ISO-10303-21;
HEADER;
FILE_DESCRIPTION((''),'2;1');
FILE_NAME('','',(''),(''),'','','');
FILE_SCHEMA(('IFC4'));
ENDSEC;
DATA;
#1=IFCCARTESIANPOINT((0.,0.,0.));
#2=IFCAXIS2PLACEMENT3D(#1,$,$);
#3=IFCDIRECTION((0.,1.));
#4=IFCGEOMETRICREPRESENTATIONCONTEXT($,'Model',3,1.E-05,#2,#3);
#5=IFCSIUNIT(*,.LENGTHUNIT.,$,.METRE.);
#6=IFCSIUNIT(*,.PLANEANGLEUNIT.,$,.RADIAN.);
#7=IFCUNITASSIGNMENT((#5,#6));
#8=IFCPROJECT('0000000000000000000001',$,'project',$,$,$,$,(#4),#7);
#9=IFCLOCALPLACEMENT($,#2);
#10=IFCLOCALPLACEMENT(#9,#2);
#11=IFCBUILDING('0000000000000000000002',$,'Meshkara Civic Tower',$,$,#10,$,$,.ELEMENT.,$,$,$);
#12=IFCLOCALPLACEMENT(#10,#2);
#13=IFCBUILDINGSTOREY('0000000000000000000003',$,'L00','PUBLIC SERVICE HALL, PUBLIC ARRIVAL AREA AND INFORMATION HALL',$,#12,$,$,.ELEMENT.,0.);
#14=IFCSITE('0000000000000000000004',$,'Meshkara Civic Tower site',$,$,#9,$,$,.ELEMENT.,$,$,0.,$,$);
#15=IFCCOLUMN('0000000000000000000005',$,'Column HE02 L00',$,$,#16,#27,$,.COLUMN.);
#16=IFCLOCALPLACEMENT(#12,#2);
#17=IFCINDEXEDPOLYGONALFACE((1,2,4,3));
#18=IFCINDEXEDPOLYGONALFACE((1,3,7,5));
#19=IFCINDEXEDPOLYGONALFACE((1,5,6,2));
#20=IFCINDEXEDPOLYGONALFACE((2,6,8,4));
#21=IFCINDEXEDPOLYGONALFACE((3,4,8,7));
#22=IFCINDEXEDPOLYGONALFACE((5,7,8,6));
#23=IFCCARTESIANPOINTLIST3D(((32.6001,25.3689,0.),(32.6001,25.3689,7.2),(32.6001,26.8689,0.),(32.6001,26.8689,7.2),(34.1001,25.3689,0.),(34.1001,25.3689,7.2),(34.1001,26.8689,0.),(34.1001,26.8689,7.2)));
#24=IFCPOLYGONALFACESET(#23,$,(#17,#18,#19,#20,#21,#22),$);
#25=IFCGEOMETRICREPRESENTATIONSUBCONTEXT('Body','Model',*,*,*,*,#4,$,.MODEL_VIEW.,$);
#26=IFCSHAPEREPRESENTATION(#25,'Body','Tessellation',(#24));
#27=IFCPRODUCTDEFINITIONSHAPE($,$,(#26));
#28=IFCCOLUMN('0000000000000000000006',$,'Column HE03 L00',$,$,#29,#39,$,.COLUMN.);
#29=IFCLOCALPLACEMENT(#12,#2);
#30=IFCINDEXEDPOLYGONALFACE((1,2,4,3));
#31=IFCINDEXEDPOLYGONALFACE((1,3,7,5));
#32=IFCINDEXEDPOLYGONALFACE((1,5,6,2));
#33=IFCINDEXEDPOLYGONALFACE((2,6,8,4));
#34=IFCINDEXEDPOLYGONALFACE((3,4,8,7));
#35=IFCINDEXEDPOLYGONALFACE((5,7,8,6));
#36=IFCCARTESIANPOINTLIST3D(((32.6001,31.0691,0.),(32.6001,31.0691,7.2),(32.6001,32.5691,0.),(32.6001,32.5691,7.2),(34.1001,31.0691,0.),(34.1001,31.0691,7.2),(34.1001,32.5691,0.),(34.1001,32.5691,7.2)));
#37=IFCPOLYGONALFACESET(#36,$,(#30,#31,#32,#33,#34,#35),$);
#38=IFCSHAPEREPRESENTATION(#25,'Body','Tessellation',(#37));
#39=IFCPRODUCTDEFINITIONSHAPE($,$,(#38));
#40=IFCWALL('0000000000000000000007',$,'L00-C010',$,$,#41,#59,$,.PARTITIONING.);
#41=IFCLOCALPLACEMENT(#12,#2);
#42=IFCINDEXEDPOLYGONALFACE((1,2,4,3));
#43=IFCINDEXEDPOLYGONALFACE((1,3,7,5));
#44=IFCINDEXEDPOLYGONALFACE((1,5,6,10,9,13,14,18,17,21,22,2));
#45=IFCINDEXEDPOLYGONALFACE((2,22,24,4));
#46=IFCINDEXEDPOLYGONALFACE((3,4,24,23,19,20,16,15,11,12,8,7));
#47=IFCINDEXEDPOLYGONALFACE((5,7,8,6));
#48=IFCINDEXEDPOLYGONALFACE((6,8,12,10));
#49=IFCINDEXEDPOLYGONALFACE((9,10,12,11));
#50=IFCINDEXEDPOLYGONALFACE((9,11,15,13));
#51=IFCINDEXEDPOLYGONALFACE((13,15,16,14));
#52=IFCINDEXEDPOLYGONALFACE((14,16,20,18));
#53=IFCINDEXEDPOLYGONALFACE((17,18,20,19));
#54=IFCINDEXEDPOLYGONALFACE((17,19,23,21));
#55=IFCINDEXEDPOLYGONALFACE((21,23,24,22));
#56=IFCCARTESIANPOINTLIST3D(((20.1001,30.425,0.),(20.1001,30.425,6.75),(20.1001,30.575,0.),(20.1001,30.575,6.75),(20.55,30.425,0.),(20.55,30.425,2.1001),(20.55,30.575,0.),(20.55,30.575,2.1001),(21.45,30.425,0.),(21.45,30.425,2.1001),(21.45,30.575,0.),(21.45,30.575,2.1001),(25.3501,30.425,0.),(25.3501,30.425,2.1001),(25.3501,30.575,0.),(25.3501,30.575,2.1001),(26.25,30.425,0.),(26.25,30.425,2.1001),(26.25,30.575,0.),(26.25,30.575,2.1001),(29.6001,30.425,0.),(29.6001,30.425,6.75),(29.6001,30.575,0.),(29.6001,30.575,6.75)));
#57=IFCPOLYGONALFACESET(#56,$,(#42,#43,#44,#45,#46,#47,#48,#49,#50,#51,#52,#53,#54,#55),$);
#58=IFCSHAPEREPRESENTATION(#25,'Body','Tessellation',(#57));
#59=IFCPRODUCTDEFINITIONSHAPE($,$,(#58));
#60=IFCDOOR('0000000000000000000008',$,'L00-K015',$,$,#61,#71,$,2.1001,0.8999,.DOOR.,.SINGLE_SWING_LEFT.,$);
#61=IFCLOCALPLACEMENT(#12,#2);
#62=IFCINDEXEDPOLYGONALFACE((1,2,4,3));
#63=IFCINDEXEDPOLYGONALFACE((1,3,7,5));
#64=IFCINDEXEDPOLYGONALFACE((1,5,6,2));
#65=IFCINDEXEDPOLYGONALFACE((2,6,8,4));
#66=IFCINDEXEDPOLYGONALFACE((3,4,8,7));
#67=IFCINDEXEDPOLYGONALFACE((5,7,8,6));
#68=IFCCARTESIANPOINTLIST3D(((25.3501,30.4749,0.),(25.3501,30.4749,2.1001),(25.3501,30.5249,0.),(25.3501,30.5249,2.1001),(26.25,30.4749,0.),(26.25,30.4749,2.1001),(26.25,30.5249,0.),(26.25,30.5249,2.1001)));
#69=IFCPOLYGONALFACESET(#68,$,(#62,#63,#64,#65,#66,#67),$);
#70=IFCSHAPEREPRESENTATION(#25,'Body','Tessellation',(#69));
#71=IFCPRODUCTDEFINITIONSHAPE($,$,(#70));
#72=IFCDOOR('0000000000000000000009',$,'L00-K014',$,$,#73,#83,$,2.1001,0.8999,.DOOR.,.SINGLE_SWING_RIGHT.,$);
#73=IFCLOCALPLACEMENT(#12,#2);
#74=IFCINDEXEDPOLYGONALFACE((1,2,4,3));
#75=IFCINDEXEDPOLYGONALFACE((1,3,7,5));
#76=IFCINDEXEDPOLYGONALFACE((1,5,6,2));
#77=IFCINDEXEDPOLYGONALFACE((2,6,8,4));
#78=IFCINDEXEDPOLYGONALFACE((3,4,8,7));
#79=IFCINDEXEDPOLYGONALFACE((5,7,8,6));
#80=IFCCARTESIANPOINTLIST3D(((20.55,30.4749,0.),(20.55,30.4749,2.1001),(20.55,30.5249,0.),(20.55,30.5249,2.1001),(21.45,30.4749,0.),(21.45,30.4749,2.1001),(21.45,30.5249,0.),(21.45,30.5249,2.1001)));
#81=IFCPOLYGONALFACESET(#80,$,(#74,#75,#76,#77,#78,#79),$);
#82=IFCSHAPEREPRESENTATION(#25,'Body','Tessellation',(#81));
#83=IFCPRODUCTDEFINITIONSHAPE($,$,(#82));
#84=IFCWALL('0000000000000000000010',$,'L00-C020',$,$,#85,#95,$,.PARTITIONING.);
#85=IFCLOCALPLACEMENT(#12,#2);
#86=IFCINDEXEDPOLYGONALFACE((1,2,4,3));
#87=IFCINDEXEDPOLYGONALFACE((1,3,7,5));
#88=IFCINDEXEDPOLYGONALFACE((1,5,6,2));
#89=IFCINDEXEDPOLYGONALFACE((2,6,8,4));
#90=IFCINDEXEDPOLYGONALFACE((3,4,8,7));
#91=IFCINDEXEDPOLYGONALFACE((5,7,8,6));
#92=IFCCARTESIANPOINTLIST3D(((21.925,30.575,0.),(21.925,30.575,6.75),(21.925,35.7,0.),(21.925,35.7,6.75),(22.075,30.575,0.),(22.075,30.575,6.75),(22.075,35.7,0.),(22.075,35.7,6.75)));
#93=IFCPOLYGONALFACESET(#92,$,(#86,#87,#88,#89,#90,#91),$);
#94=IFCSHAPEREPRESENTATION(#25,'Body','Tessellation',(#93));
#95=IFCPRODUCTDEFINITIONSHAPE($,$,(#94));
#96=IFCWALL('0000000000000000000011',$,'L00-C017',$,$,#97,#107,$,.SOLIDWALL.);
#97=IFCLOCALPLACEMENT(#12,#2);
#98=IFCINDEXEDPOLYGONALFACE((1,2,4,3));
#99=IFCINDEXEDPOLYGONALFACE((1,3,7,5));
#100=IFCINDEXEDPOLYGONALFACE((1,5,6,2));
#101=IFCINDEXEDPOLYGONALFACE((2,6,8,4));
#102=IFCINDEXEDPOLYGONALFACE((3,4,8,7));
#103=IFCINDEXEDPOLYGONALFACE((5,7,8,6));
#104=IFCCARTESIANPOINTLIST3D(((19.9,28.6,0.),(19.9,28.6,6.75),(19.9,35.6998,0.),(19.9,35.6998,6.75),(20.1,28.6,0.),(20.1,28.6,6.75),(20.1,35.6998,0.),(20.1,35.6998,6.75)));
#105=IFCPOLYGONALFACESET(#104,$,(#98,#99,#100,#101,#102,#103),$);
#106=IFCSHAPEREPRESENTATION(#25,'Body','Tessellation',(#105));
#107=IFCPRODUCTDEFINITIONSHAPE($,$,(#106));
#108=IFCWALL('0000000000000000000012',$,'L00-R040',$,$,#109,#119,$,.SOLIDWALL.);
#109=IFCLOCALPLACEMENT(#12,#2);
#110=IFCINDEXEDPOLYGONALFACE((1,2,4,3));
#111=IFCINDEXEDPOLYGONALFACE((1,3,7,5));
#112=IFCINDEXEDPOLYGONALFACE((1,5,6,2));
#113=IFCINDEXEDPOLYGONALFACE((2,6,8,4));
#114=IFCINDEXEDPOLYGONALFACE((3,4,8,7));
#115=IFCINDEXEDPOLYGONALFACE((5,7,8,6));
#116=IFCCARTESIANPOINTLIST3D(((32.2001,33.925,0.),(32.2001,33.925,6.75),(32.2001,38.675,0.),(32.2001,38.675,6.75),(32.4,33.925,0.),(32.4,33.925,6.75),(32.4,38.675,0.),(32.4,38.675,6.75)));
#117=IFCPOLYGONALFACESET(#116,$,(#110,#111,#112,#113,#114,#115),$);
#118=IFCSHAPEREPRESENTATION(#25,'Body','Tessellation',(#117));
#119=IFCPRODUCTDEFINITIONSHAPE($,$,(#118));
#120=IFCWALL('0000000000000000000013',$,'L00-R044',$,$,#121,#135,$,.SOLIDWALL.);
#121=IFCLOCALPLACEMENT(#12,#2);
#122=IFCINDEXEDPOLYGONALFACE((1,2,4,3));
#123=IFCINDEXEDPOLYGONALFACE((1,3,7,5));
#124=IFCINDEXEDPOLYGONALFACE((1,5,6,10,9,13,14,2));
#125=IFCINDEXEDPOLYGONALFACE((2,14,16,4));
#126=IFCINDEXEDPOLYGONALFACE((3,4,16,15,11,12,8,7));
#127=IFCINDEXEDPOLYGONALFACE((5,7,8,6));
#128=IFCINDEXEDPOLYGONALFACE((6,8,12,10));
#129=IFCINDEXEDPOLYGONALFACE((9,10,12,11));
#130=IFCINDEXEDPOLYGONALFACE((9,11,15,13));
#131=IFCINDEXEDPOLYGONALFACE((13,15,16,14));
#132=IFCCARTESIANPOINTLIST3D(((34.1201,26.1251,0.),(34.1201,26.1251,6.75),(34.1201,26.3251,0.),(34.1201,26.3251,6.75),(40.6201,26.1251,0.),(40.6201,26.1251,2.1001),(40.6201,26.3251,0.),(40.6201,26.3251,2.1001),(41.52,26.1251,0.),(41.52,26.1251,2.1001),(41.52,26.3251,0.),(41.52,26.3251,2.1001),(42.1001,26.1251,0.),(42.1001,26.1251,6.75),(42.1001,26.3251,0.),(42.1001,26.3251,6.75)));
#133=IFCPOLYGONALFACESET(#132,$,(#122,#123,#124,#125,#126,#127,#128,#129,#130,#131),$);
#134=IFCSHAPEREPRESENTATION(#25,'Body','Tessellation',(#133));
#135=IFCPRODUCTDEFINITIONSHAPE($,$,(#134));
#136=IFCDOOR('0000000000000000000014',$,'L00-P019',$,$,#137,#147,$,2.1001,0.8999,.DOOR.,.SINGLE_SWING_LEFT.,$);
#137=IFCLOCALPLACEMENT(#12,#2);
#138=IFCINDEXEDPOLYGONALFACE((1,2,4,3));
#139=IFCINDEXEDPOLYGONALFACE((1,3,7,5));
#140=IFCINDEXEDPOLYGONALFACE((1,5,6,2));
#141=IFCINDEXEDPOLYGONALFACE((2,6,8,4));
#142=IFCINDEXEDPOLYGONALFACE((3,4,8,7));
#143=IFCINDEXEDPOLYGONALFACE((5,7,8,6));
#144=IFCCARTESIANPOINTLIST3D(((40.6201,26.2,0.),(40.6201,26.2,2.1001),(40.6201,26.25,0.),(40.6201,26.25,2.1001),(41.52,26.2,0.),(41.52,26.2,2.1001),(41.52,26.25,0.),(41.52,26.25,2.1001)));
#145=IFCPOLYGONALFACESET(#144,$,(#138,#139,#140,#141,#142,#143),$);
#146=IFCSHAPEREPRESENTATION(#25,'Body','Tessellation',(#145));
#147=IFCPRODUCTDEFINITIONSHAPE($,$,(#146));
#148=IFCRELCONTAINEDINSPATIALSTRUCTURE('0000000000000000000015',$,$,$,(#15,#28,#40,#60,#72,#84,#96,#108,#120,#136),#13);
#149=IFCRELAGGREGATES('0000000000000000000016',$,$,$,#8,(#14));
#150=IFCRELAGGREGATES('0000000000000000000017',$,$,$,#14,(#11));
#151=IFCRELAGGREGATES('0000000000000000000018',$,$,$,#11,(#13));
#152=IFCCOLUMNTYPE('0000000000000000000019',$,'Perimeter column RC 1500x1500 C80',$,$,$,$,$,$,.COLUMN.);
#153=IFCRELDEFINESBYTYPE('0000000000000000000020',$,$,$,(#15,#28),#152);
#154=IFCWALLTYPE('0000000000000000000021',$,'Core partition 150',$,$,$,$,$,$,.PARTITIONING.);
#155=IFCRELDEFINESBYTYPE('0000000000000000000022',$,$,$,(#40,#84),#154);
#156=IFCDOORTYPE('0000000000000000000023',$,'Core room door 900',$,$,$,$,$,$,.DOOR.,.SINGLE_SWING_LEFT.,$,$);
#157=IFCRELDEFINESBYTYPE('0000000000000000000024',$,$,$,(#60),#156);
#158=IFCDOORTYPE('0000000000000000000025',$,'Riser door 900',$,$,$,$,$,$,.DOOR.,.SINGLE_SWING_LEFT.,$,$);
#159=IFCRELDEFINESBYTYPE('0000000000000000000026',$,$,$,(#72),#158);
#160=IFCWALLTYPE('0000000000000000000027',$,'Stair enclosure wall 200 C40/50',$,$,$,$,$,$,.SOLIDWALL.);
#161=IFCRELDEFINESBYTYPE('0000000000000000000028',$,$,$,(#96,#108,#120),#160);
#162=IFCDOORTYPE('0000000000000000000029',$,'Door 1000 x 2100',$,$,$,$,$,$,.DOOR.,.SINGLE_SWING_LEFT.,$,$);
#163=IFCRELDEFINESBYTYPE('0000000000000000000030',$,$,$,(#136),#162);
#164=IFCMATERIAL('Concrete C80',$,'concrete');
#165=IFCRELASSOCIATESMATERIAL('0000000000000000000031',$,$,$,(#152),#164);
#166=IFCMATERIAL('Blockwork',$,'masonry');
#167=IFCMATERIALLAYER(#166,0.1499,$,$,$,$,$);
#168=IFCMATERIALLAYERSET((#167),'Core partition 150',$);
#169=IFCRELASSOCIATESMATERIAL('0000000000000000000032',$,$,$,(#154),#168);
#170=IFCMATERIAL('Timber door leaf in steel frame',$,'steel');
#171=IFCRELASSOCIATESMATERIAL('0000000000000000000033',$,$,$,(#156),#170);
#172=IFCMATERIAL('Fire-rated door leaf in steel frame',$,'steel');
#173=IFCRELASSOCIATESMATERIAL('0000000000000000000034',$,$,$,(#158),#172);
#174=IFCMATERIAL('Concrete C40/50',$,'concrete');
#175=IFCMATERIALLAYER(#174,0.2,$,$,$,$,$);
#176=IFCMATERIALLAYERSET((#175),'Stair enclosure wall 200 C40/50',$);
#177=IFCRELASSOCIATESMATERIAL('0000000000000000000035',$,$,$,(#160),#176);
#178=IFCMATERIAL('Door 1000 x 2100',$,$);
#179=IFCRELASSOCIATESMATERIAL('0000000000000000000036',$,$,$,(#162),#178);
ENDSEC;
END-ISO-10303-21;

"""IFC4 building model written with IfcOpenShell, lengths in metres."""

from ifc_helpers import new_model, si_unit, direction, frame, frame_2d, origin, origin_2d, place, context, subcontext, project, spatial, rectangle, extrude, material, layer, layer_set, material_profile, profile_set, type_object, element, fill, save


model = new_model("IFC4")

# Units and contexts
model_context = context("Model", 3, precision=1e-05, world=origin(), true_north=direction((0.0, 1.0)))
body_context = subcontext(model_context, "Body", "Model", "MODEL_VIEW")
ifc_project = project(units=[si_unit("LENGTHUNIT", "METRE"), si_unit("PLANEANGLEUNIT", "RADIAN")], contexts=[model_context])

# Site, building, storey
site_placement = place(None, origin())
site = spatial("IfcSite", under=ifc_project, at=site_placement, Name="Meshkara Civic Tower site", CompositionType="ELEMENT", RefElevation=0.0)
building_placement = place(site_placement, origin())
building = spatial("IfcBuilding", under=site, at=building_placement, Name="Meshkara Civic Tower", CompositionType="ELEMENT")
storey_placement = place(building_placement, origin())
storey = spatial("IfcBuildingStorey", under=building, at=storey_placement, Name="L00", Description="PUBLIC SERVICE HALL, PUBLIC ARRIVAL AREA AND INFORMATION HALL", CompositionType="ELEMENT", Elevation=0.0)

# Columns
ifc_material_1 = material(Name="Concrete C80", Category="concrete")
ifc_material_profile = material_profile(ifc_material_1, rectangle(XDim=1.5, YDim=1.5, at=origin_2d()))
ifc_profile_set = profile_set([ifc_material_profile], Name="Concrete C80")
column_type = type_object("IfcColumnType", Name="Perimeter column RC 1500x1500 C80", PredefinedType="COLUMN", material=ifc_profile_set)
for number, where, z_axis, x_axis, name in (
    (1, (33.3501, 26.1189, 0.0), (0.0, 0.0, 1.0), (1.0, 0.0, 0.0), "Column HE02 L00"),
    (2, (33.3501, 31.8191, 0.0), (0.0, 0.0, 1.0), (1.0, 0.0, 0.0), "Column HE03 L00"),
):
    element("IfcColumn", number, at=place(storey_placement, frame(where, z_axis=z_axis, x_axis=x_axis)), inside=storey, type_object=column_type, Name=name, PredefinedType="COLUMN", context=body_context, shape_type="SweptSolid", body=[
        extrude(rectangle(XDim=1.5, YDim=1.5, at=origin_2d()), origin(), (0.0, 0.0, 1.0), 7.2),
    ])

# Wall, openings, doors
ifc_material_2 = material(Name="Blockwork", Category="masonry")
ifc_layer_1 = layer(ifc_material_2, 0.1499)
ifc_layer_set_1 = layer_set([ifc_layer_1], Name="Core partition 150")
wall_type_1 = type_object("IfcWallType", Name="Core partition 150", PredefinedType="PARTITIONING", material=ifc_layer_set_1)
wall_1_placement = place(storey_placement, frame((20.1001, 30.5, 0.0), z_axis=(0.0, 0.0, 1.0), x_axis=(1.0, 0.0, 0.0)))
wall_1 = element("IfcWall", 3, at=wall_1_placement, inside=storey, type_object=wall_type_1, Name="L00-C010", PredefinedType="PARTITIONING", context=body_context, shape_type="SweptSolid", body=[
    extrude(rectangle(XDim=9.5, YDim=0.1499, at=frame_2d((4.75, 0.0))), origin(), (0.0, 0.0, 1.0), 6.75),
])
opening_1_placement = place(wall_1_placement, frame((0.45, 0.0, 0.0)))
opening_1 = element("IfcOpeningElement", 4, at=opening_1_placement, cuts=wall_1, PredefinedType="OPENING", context=body_context, shape_type="SweptSolid", body=[
    extrude(rectangle(XDim=0.8999, YDim=2.1001, at=frame_2d((0.45, 1.05))), frame((0.0, 0.085, 0.0), z_axis=(0.0, -1.0, 0.0), x_axis=(1.0, 0.0, 0.0)), (0.0, 0.0, 1.0), 0.1699),
])
opening_2_placement = place(wall_1_placement, frame((5.25, 0.0, 0.0)))
opening_2 = element("IfcOpeningElement", 5, at=opening_2_placement, cuts=wall_1, PredefinedType="OPENING", context=body_context, shape_type="SweptSolid", body=[
    extrude(rectangle(XDim=0.8999, YDim=2.1001, at=frame_2d((0.45, 1.05))), frame((0.0, 0.085, 0.0), z_axis=(0.0, -1.0, 0.0), x_axis=(1.0, 0.0, 0.0)), (0.0, 0.0, 1.0), 0.1699),
])
ifc_material_3 = material(Name="Timber door leaf in steel frame", Category="steel")
door_type_1 = type_object("IfcDoorType", Name="Core room door 900", OperationType="SINGLE_SWING_LEFT", PredefinedType="DOOR", material=ifc_material_3)
door_1_placement = place(opening_2_placement, origin())
door_1 = element("IfcDoor", 6, at=door_1_placement, inside=storey, type_object=door_type_1, Name="L00-K015", OperationType="SINGLE_SWING_LEFT", OverallHeight=2.1001, OverallWidth=0.8999, PredefinedType="DOOR", context=body_context, shape_type="SweptSolid", body=[
    extrude(rectangle(XDim=0.8999, YDim=2.1001, at=frame_2d((0.45, 1.05))), frame((0.0, 0.0249, 0.0), z_axis=(0.0, -1.0, 0.0), x_axis=(1.0, 0.0, 0.0)), (0.0, 0.0, 1.0), 0.05),
])
fill(opening_2, door_1)
ifc_material_4 = material(Name="Fire-rated door leaf in steel frame", Category="steel")
door_type_2 = type_object("IfcDoorType", Name="Riser door 900", OperationType="SINGLE_SWING_LEFT", PredefinedType="DOOR", material=ifc_material_4)
door_2_placement = place(opening_1_placement, origin())
door_2 = element("IfcDoor", 7, at=door_2_placement, inside=storey, type_object=door_type_2, Name="L00-K014", OperationType="SINGLE_SWING_RIGHT", OverallHeight=2.1001, OverallWidth=0.8999, PredefinedType="DOOR", context=body_context, shape_type="SweptSolid", body=[
    extrude(rectangle(XDim=0.8999, YDim=2.1001, at=frame_2d((0.45, 1.05))), frame((0.0, 0.0249, 0.0), z_axis=(0.0, -1.0, 0.0), x_axis=(1.0, 0.0, 0.0)), (0.0, 0.0, 1.0), 0.05),
])
fill(opening_1, door_2)

# Walls
wall_2_placement = place(storey_placement, frame((22.0, 30.575, 0.0), z_axis=(0.0, 0.0, 1.0), x_axis=(0.0, 1.0, 0.0)))
element("IfcWall", 8, at=wall_2_placement, inside=storey, type_object=wall_type_1, Name="L00-C020", PredefinedType="PARTITIONING", context=body_context, shape_type="SweptSolid", body=[
    extrude(rectangle(XDim=5.125, YDim=0.1499, at=frame_2d((2.5625, 0.0))), origin(), (0.0, 0.0, 1.0), 6.75),
])
ifc_material_5 = material(Name="Concrete C40/50", Category="concrete")
ifc_layer_2 = layer(ifc_material_5, 0.2)
ifc_layer_set_2 = layer_set([ifc_layer_2], Name="Stair enclosure wall 200 C40/50")
wall_type_2 = type_object("IfcWallType", Name="Stair enclosure wall 200 C40/50", PredefinedType="SOLIDWALL", material=ifc_layer_set_2)
wall_3_placement = place(storey_placement, frame((20.0, 28.6001, 0.0), z_axis=(0.0, 0.0, 1.0), x_axis=(0.0, 1.0, 0.0)))
element("IfcWall", 9, at=wall_3_placement, inside=storey, type_object=wall_type_2, Name="L00-C017", PredefinedType="SOLIDWALL", context=body_context, shape_type="SweptSolid", body=[
    extrude(rectangle(XDim=7.0999, YDim=0.2, at=frame_2d((3.5498, 0.0))), origin(), (0.0, 0.0, 1.0), 6.75),
])
wall_4_placement = place(storey_placement, frame((32.3, 33.925, 0.0), z_axis=(0.0, 0.0, 1.0), x_axis=(0.0, 1.0, 0.0)))
element("IfcWall", 10, at=wall_4_placement, inside=storey, type_object=wall_type_2, Name="L00-R040", PredefinedType="SOLIDWALL", context=body_context, shape_type="SweptSolid", body=[
    extrude(rectangle(XDim=4.75, YDim=0.2, at=frame_2d((2.375, 0.0))), origin(), (0.0, 0.0, 1.0), 6.75),
])

# Wall, opening, door
wall_5_placement = place(storey_placement, frame((34.1201, 26.2251, 0.0), z_axis=(0.0, 0.0, 1.0), x_axis=(1.0, 0.0, 0.0)))
wall_5 = element("IfcWall", 11, at=wall_5_placement, inside=storey, type_object=wall_type_2, Name="L00-R044", PredefinedType="SOLIDWALL", context=body_context, shape_type="SweptSolid", body=[
    extrude(rectangle(XDim=7.98, YDim=0.2, at=frame_2d((3.99, 0.0))), origin(), (0.0, 0.0, 1.0), 6.75),
])
opening_3_placement = place(wall_5_placement, frame((6.5, 0.0, 0.0)))
opening_3 = element("IfcOpeningElement", 12, at=opening_3_placement, cuts=wall_5, PredefinedType="OPENING", context=body_context, shape_type="SweptSolid", body=[
    extrude(rectangle(XDim=0.8999, YDim=2.1001, at=frame_2d((0.45, 1.05))), frame((0.0, 0.1099, 0.0), z_axis=(0.0, -1.0, 0.0), x_axis=(1.0, 0.0, 0.0)), (0.0, 0.0, 1.0), 0.22),
])
ifc_material_6 = material(Name="Door 1000 x 2100")
door_type_3 = type_object("IfcDoorType", Name="Door 1000 x 2100", OperationType="SINGLE_SWING_LEFT", PredefinedType="DOOR", material=ifc_material_6)
door_3_placement = place(opening_3_placement, origin())
door_3 = element("IfcDoor", 13, at=door_3_placement, inside=storey, type_object=door_type_3, Name="L00-P019", OperationType="SINGLE_SWING_LEFT", OverallHeight=2.1001, OverallWidth=0.8999, PredefinedType="DOOR", context=body_context, shape_type="SweptSolid", body=[
    extrude(rectangle(XDim=0.8999, YDim=2.1001, at=frame_2d((0.45, 1.05))), frame((0.0, 0.0249, 0.0), z_axis=(0.0, -1.0, 0.0), x_axis=(1.0, 0.0, 0.0)), (0.0, 0.0, 1.0), 0.05),
])
fill(opening_3, door_3)

save(model, "model.ifc")
